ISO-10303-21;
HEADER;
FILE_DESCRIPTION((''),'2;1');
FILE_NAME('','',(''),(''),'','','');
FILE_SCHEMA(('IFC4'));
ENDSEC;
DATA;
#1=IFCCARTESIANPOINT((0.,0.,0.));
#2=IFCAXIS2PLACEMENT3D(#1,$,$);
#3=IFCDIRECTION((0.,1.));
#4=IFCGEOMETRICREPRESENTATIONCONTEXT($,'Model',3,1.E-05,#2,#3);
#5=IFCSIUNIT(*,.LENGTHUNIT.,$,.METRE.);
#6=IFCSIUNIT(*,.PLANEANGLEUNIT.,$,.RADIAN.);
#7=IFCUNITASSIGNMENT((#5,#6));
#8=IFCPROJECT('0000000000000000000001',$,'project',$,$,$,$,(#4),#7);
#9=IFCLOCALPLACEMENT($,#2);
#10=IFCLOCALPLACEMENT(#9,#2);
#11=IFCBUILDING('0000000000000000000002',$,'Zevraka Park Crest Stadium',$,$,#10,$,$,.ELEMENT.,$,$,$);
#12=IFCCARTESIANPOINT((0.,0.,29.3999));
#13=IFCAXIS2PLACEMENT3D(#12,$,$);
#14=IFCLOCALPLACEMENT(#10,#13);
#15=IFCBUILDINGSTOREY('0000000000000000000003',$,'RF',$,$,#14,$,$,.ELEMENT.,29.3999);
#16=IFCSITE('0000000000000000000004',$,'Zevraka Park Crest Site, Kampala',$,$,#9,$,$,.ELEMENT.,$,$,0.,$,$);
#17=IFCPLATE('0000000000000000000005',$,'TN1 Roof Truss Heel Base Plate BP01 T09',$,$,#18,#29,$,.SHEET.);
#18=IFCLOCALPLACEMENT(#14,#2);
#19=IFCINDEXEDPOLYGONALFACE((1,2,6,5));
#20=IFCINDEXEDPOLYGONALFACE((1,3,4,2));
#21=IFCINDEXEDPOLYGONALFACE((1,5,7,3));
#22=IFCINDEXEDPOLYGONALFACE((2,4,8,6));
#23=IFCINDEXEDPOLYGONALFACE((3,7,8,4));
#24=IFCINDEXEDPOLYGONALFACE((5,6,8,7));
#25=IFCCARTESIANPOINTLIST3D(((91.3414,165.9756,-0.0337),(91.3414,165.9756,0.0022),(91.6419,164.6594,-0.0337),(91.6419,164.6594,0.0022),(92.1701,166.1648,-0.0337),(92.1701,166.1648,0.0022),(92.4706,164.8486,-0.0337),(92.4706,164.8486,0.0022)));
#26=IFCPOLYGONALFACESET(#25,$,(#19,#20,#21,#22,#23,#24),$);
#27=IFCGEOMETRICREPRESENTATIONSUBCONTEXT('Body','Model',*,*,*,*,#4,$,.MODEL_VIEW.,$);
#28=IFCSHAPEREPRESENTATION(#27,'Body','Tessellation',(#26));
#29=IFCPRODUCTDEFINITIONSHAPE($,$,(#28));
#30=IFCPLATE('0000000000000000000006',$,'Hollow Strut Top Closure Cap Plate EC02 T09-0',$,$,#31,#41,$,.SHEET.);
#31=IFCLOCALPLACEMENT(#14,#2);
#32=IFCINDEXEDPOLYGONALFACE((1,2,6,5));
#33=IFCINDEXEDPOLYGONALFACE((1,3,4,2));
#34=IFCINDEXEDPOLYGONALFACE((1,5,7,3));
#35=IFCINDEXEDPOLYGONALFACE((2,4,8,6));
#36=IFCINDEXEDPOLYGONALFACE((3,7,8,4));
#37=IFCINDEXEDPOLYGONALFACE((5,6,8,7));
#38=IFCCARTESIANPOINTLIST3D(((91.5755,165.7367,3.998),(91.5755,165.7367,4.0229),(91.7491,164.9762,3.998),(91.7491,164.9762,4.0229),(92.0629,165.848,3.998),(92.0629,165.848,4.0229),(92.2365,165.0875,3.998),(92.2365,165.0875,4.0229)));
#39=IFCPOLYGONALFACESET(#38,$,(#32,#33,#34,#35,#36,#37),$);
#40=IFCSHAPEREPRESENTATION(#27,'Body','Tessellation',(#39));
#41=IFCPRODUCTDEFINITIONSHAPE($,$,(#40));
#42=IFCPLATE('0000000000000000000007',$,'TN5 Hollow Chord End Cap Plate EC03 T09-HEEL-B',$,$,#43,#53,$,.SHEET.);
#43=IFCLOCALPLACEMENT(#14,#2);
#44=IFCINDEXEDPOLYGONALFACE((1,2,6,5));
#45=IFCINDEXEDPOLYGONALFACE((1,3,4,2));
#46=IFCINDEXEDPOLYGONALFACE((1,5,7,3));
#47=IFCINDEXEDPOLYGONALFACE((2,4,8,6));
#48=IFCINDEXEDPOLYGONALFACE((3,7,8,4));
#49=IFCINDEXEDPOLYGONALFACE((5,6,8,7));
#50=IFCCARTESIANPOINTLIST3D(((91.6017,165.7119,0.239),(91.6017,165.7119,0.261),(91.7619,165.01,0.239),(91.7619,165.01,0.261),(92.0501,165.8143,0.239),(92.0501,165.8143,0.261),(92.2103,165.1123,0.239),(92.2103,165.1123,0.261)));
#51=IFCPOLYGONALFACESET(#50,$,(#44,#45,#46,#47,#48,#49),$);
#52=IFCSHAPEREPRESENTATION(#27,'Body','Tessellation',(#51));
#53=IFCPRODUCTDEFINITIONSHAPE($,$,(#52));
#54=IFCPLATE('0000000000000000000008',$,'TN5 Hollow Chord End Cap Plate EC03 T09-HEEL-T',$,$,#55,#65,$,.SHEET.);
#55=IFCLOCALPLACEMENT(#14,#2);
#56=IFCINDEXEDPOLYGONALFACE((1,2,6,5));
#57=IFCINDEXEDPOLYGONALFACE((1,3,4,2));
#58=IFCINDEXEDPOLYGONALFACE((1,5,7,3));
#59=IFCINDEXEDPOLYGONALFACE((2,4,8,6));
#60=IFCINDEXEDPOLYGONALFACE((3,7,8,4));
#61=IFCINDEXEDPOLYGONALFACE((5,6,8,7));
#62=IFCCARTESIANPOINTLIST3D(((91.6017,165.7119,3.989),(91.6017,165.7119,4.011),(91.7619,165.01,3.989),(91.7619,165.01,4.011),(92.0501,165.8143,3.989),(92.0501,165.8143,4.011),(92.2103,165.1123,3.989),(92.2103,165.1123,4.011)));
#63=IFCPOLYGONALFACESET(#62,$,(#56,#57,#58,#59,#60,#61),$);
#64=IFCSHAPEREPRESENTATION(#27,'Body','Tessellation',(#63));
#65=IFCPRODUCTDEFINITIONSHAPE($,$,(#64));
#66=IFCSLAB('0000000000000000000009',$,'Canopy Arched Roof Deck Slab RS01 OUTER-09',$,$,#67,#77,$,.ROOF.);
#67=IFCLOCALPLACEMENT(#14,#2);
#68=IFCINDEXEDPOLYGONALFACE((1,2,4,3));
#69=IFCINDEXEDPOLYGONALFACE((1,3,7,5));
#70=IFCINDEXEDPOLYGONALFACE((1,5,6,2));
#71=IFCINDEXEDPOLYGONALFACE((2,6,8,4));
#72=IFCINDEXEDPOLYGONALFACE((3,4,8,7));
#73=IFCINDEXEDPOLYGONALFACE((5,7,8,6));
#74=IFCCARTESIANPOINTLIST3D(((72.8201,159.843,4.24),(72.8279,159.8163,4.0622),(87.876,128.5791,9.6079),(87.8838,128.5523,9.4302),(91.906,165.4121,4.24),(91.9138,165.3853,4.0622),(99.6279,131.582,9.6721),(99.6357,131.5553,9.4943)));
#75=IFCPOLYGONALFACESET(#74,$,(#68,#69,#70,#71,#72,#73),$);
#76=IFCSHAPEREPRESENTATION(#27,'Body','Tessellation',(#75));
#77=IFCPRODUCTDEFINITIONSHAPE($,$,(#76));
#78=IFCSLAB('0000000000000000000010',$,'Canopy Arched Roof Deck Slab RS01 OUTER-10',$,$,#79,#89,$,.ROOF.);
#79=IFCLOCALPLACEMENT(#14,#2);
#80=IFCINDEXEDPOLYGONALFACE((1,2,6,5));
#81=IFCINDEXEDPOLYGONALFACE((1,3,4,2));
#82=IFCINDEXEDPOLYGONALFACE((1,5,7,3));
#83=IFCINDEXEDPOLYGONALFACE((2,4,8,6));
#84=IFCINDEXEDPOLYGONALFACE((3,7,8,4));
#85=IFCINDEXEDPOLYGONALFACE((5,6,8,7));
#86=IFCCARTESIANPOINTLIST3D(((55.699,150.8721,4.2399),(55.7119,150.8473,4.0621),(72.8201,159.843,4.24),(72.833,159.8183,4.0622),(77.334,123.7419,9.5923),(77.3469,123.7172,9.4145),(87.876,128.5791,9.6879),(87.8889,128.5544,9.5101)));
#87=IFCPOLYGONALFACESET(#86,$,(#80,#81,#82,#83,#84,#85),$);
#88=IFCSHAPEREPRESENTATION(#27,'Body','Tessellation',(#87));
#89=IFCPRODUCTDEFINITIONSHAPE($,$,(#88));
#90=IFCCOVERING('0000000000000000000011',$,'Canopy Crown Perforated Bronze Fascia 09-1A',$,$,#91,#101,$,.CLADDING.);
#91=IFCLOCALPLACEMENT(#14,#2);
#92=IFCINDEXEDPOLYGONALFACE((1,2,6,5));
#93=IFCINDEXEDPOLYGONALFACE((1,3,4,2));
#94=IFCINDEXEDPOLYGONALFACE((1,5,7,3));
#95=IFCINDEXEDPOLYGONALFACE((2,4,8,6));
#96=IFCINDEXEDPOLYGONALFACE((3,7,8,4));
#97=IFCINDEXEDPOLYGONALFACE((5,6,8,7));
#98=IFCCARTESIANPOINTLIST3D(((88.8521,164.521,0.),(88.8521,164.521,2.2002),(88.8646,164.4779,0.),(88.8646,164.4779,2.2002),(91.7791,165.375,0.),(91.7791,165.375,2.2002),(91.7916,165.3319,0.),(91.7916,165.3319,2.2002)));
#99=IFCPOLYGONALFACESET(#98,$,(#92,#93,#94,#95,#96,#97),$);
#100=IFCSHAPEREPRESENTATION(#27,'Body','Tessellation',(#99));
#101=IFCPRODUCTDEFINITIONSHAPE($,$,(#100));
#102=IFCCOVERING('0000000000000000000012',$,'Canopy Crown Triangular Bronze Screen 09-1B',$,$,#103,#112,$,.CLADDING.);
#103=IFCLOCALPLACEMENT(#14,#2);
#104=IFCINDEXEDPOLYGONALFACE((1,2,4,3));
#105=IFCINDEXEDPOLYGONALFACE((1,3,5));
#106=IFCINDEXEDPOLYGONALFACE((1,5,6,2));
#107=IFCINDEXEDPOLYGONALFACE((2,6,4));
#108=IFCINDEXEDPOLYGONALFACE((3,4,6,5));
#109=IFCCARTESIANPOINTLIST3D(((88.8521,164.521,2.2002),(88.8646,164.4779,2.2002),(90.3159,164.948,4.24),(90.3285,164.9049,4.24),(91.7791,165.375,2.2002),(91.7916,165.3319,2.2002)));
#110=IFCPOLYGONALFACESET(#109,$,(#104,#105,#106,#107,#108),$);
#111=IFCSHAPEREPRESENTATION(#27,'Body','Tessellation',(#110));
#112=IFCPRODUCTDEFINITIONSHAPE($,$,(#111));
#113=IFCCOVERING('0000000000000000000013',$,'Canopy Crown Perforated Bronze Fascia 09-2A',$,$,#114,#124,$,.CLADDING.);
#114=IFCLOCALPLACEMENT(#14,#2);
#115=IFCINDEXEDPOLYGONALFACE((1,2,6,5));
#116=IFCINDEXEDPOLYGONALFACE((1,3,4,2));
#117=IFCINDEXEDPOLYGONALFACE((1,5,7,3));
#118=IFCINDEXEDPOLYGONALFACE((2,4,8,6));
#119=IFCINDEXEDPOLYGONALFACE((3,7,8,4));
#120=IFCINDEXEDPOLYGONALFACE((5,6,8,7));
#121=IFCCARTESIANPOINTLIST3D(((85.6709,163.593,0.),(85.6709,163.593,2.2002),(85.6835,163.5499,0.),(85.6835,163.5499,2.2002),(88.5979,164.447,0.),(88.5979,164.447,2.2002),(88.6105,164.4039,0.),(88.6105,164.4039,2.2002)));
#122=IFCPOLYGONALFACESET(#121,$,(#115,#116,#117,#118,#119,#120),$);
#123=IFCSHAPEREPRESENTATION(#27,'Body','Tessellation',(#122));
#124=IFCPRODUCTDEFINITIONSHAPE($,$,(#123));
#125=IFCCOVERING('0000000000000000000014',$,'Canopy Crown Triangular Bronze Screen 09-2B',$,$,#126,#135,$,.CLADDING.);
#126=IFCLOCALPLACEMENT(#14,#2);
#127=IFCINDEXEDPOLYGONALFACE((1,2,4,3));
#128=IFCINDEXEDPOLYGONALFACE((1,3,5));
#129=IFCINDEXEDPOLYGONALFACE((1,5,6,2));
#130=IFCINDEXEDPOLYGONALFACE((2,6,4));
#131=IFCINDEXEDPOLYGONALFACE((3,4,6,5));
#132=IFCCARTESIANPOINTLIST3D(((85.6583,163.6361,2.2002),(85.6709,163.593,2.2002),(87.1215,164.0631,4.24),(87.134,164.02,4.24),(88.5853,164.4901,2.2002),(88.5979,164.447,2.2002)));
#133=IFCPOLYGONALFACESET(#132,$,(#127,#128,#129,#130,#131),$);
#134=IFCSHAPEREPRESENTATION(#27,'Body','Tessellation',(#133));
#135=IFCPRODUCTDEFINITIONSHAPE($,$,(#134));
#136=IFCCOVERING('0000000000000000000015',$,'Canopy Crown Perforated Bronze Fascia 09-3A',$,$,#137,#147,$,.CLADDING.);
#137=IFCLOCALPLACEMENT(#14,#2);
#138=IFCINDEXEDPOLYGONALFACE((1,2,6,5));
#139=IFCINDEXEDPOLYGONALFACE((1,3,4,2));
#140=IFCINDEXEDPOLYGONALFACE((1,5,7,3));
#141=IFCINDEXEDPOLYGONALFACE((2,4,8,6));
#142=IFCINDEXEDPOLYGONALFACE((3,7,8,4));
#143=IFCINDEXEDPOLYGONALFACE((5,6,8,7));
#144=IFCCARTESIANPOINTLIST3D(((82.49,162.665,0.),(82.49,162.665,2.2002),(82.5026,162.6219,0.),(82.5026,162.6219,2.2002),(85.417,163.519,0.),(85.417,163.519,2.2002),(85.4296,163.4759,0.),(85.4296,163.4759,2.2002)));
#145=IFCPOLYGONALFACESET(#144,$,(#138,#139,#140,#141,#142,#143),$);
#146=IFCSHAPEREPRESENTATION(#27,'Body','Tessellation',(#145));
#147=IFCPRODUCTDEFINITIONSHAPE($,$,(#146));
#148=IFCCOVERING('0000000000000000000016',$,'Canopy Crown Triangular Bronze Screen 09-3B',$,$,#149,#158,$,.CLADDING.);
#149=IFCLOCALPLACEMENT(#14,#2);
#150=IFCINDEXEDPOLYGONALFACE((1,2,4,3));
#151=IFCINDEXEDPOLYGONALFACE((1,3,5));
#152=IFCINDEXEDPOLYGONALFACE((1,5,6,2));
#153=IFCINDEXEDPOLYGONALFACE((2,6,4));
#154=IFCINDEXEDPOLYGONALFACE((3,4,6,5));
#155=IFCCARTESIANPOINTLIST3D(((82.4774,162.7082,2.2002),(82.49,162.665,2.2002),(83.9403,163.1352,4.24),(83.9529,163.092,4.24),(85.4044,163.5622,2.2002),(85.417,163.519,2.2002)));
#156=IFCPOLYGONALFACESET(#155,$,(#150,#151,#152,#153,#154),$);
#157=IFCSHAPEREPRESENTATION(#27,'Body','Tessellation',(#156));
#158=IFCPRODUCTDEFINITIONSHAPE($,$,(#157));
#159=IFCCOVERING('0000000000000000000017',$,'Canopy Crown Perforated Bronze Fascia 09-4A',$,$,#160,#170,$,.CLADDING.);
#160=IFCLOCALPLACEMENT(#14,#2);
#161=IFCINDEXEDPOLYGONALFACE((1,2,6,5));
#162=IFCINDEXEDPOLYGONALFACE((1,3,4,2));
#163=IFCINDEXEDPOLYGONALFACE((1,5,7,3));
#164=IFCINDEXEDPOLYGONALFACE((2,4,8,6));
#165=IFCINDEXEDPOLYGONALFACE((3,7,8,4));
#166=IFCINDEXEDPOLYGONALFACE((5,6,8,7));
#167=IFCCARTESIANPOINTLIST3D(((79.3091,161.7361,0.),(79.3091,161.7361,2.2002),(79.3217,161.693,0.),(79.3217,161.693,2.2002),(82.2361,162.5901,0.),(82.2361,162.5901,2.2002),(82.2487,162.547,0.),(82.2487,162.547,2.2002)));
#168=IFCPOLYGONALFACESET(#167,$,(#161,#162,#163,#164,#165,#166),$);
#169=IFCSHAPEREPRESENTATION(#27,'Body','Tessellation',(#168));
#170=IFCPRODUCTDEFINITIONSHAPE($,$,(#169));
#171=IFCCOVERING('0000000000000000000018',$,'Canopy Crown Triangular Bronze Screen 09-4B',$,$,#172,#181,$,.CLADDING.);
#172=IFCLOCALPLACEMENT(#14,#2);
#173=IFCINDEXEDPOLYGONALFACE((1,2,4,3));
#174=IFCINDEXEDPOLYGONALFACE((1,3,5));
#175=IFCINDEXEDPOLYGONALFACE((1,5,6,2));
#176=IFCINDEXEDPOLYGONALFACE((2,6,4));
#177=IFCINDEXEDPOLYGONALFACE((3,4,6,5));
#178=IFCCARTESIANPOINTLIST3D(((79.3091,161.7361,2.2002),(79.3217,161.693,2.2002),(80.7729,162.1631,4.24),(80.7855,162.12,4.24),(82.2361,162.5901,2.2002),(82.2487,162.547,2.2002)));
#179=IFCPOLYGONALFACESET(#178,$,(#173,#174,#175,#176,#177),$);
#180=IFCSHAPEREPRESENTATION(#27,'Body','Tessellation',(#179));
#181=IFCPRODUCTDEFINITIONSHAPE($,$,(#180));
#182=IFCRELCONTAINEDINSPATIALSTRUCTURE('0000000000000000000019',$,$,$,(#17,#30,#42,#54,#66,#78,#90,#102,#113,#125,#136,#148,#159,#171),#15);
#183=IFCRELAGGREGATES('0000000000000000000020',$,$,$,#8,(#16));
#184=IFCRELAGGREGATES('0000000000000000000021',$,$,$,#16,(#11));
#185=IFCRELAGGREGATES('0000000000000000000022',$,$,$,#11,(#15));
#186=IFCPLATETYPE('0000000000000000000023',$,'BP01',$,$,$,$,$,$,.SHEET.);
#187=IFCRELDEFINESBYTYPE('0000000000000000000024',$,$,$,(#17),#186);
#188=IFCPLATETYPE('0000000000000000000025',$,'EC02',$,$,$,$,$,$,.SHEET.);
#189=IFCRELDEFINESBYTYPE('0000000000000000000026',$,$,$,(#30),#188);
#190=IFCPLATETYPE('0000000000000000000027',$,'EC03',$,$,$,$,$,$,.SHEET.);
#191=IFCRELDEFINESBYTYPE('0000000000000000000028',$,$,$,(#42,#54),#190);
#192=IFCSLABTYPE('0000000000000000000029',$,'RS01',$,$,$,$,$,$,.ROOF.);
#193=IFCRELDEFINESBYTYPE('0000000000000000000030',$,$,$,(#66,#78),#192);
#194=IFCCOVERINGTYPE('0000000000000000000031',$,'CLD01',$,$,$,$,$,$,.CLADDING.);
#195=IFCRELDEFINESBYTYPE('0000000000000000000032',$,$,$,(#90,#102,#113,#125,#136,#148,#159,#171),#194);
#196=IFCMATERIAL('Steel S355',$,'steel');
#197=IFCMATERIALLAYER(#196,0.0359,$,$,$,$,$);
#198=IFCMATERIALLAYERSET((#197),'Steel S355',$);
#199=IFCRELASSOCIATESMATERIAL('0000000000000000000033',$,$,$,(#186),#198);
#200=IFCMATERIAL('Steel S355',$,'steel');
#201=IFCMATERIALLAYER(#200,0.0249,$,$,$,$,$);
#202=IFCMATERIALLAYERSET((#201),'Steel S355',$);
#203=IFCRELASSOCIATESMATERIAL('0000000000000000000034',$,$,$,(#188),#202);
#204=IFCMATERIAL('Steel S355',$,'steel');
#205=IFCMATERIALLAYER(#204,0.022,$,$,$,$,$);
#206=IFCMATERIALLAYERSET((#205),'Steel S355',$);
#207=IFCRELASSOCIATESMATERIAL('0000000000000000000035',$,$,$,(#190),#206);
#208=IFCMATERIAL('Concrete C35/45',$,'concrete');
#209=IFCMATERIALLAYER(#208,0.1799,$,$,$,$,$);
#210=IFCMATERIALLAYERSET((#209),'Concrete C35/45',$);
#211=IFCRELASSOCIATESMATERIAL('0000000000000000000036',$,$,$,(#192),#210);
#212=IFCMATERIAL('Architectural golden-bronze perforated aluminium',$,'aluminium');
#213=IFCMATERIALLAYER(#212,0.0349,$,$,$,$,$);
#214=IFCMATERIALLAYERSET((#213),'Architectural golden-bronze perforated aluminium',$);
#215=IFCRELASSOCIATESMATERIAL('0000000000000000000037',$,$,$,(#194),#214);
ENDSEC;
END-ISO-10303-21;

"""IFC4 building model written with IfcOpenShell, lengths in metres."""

from ifc_helpers import new_model, si_unit, direction, frame, origin, origin_2d, place, context, subcontext, project, spatial, polyline, rectangle, outline, extrude, material, layer, layer_set, type_object, element, save


model = new_model("IFC4")

# Units and contexts
model_context = context("Model", 3, precision=1e-05, world=origin(), true_north=direction((0.0, 1.0)))
body_context = subcontext(model_context, "Body", "Model", "MODEL_VIEW")
ifc_project = project(units=[si_unit("LENGTHUNIT", "METRE"), si_unit("PLANEANGLEUNIT", "RADIAN")], contexts=[model_context])

# Site, building, storey
site_placement = place(None, origin())
site = spatial("IfcSite", under=ifc_project, at=site_placement, Name="Zevraka Park Crest Site, Kampala", CompositionType="ELEMENT", RefElevation=0.0)
building_placement = place(site_placement, origin())
building = spatial("IfcBuilding", under=site, at=building_placement, Name="Zevraka Park Crest Stadium", CompositionType="ELEMENT")
storey_placement = place(building_placement, frame((0.0, 0.0, 29.3999)))
storey = spatial("IfcBuildingStorey", under=building, at=storey_placement, Name="RF", CompositionType="ELEMENT", Elevation=29.3999)

# Plates
ifc_material_1 = material(Name="Steel S355", Category="steel")
ifc_layer_1 = layer(ifc_material_1, 0.0359)
ifc_layer_set_1 = layer_set([ifc_layer_1], Name="Steel S355")
plate_type_1 = type_object("IfcPlateType", Name="BP01", PredefinedType="SHEET", material=ifc_layer_set_1)
plate_1_placement = place(storey_placement, frame((91.906, 165.4121, -0.0337), z_axis=(0.0, 0.0, 1.0), x_axis=(-0.22257, 0.974917, 0.0)))
element("IfcPlate", 1, at=plate_1_placement, inside=storey, type_object=plate_type_1, Name="TN1 Roof Truss Heel Base Plate BP01 T09", PredefinedType="SHEET", context=body_context, shape_type="SweptSolid", body=[
    extrude(rectangle(XDim=1.3501, YDim=0.8501, at=origin_2d()), origin(), (0.0, 0.0, 1.0), 0.0359),
])
ifc_material_2 = material(Name="Steel S355", Category="steel")
ifc_layer_2 = layer(ifc_material_2, 0.0249)
ifc_layer_set_2 = layer_set([ifc_layer_2], Name="Steel S355")
plate_type_2 = type_object("IfcPlateType", Name="EC02", PredefinedType="SHEET", material=ifc_layer_set_2)
plate_2_placement = place(storey_placement, frame((91.906, 165.4121, 3.998), z_axis=(0.0, 0.0, 1.0), x_axis=(-0.22257, 0.974917, 0.0)))
element("IfcPlate", 2, at=plate_2_placement, inside=storey, type_object=plate_type_2, Name="Hollow Strut Top Closure Cap Plate EC02 T09-0", PredefinedType="SHEET", context=body_context, shape_type="SweptSolid", body=[
    extrude(rectangle(XDim=0.78, YDim=0.5, at=origin_2d()), origin(), (0.0, 0.0, 1.0), 0.0249),
])
ifc_material_3 = material(Name="Steel S355", Category="steel")
ifc_layer_3 = layer(ifc_material_3, 0.022)
ifc_layer_set_3 = layer_set([ifc_layer_3], Name="Steel S355")
plate_type_3 = type_object("IfcPlateType", Name="EC03", PredefinedType="SHEET", material=ifc_layer_set_3)
for number, where, z_axis, x_axis, name in (
    (3, (91.906, 165.4121, 0.239), (0.0, 0.0, 1.0), (-0.22257, 0.974917, 0.0), "TN5 Hollow Chord End Cap Plate EC03 T09-HEEL-B"),
    (4, (91.906, 165.4121, 3.989), (0.0, 0.0, 1.0), (-0.22257, 0.974917, 0.0), "TN5 Hollow Chord End Cap Plate EC03 T09-HEEL-T"),
):
    element("IfcPlate", number, at=place(storey_placement, frame(where, z_axis=z_axis, x_axis=x_axis)), inside=storey, type_object=plate_type_3, Name=name, PredefinedType="SHEET", context=body_context, shape_type="SweptSolid", body=[
        extrude(rectangle(XDim=0.72, YDim=0.46, at=origin_2d()), origin(), (0.0, 0.0, 1.0), 0.022),
    ])

# Slabs
ifc_material_4 = material(Name="Concrete C35/45", Category="concrete")
ifc_layer_4 = layer(ifc_material_4, 0.1799)
ifc_layer_set_4 = layer_set([ifc_layer_4], Name="Concrete C35/45")
slab_type = type_object("IfcSlabType", Name="RS01", PredefinedType="ROOF", material=ifc_layer_set_4)
slab_1_placement = place(storey_placement, frame((91.906, 165.4121, 4.24), z_axis=(-0.043398, 0.148725, 0.987926), x_axis=(-0.959968, -0.28011, -0.000002)))
element("IfcSlab", 5, at=slab_1_placement, inside=storey, type_object=slab_type, Name="Canopy Arched Roof Deck Slab RS01 OUTER-09", PredefinedType="ROOF", context=body_context, shape_type="SweptSolid", body=[
    extrude(outline(polyline([(0.0, 0.0), (19.8818, 0.0), (14.186, 34.648), (2.0633, 35.0621), (0.0, 0.0)])), origin(), (0.0, 0.0, -1.0), 0.1799),
])
slab_2_placement = place(storey_placement, frame((72.8201, 159.843, 4.24), z_axis=(-0.072029, 0.137456, 0.987885), x_axis=(-0.885773, -0.46412, -0.000006)))
element("IfcSlab", 6, at=slab_2_placement, inside=storey, type_object=slab_type, Name="Canopy Arched Roof Deck Slab RS01 OUTER-10", PredefinedType="ROOF", context=body_context, shape_type="SweptSolid", body=[
    extrude(outline(polyline([(0.0, 0.0), (19.329, 0.0), (12.7569, 34.4902), (1.1741, 35.1058), (0.0, 0.0)])), origin(), (0.0, 0.0, -1.0), 0.1799),
])

# Coverings
ifc_material_5 = material(Name="Architectural golden-bronze perforated aluminium", Category="aluminium")
ifc_layer_5 = layer(ifc_material_5, 0.0349)
ifc_layer_set_5 = layer_set([ifc_layer_5], Name="Architectural golden-bronze perforated aluminium")
covering_type_1 = type_object("IfcCoveringType", Name="CLD01", PredefinedType="CLADDING", material=ifc_layer_set_5)
covering_1_placement = place(storey_placement, frame((91.7791, 165.375, 0.0), z_axis=(-0.280089, 0.959974, 0.0), x_axis=(-0.959974, -0.280089, 0.0)))
element("IfcCovering", 7, at=covering_1_placement, inside=storey, type_object=covering_type_1, Name="Canopy Crown Perforated Bronze Fascia 09-1A", PredefinedType="CLADDING", context=body_context, shape_type="SweptSolid", body=[
    extrude(outline(polyline([(0.0, 0.0), (3.049, 0.0), (3.049, 2.2002), (0.0, 2.2002), (0.0, 0.0)])), origin(), (0.0, 0.0, -1.0), 0.0449),
])
covering_2_placement = place(storey_placement, frame((91.7791, 165.375, 2.2002), z_axis=(-0.280089, 0.959974, 0.00005), x_axis=(-0.959974, -0.280089, 0.0)))
element("IfcCovering", 8, at=covering_2_placement, inside=storey, type_object=covering_type_1, Name="Canopy Crown Triangular Bronze Screen 09-1B", PredefinedType="CLADDING", context=body_context, shape_type="SweptSolid", body=[
    extrude(outline(polyline([(0.0, 0.0), (3.049, 0.0), (1.5242, 2.0398), (0.0, 0.0)])), origin(), (0.0, 0.0, -1.0), 0.0449),
])
covering_3_placement = place(storey_placement, frame((88.5979, 164.447, 0.0), z_axis=(-0.280089, 0.959974, 0.0), x_axis=(-0.959974, -0.280089, 0.0)))
element("IfcCovering", 9, at=covering_3_placement, inside=storey, type_object=covering_type_1, Name="Canopy Crown Perforated Bronze Fascia 09-2A", PredefinedType="CLADDING", context=body_context, shape_type="SweptSolid", body=[
    extrude(outline(polyline([(0.0, 0.0), (3.049, 0.0), (3.049, 2.2002), (0.0, 2.2002), (0.0, 0.0)])), origin(), (0.0, 0.0, -1.0), 0.0449),
])
covering_4_placement = place(storey_placement, frame((88.5979, 164.447, 2.2002), z_axis=(0.280089, -0.959974, 0.00005), x_axis=(-0.959974, -0.280089, 0.0)))
element("IfcCovering", 10, at=covering_4_placement, inside=storey, type_object=covering_type_1, Name="Canopy Crown Triangular Bronze Screen 09-2B", PredefinedType="CLADDING", context=body_context, shape_type="SweptSolid", body=[
    extrude(outline(polyline([(0.0, 0.0), (3.049, 0.0), (1.5249, -2.0398), (0.0, 0.0)])), origin(), (0.0, 0.0, -1.0), 0.0449),
])
covering_5_placement = place(storey_placement, frame((85.417, 163.519, 0.0), z_axis=(-0.280089, 0.959974, 0.0), x_axis=(-0.959974, -0.280089, 0.0)))
element("IfcCovering", 11, at=covering_5_placement, inside=storey, type_object=covering_type_1, Name="Canopy Crown Perforated Bronze Fascia 09-3A", PredefinedType="CLADDING", context=body_context, shape_type="SweptSolid", body=[
    extrude(outline(polyline([(0.0, 0.0), (3.049, 0.0), (3.049, 2.2002), (0.0, 2.2002), (0.0, 0.0)])), origin(), (0.0, 0.0, -1.0), 0.0449),
])
covering_6_placement = place(storey_placement, frame((85.417, 163.519, 2.2002), z_axis=(0.280089, -0.959974, 0.000084), x_axis=(-0.959974, -0.280089, 0.0)))
element("IfcCovering", 12, at=covering_6_placement, inside=storey, type_object=covering_type_1, Name="Canopy Crown Triangular Bronze Screen 09-3B", PredefinedType="CLADDING", context=body_context, shape_type="SweptSolid", body=[
    extrude(outline(polyline([(0.0, 0.0), (3.049, 0.0), (1.5251, -2.0398), (0.0, 0.0)])), origin(), (0.0, 0.0, -1.0), 0.0449),
])
covering_7_placement = place(storey_placement, frame((82.2361, 162.5901, 0.0), z_axis=(-0.280089, 0.959974, 0.0), x_axis=(-0.959974, -0.280089, 0.0)))
element("IfcCovering", 13, at=covering_7_placement, inside=storey, type_object=covering_type_1, Name="Canopy Crown Perforated Bronze Fascia 09-4A", PredefinedType="CLADDING", context=body_context, shape_type="SweptSolid", body=[
    extrude(outline(polyline([(0.0, 0.0), (3.049, 0.0), (3.049, 2.2002), (0.0, 2.2002), (0.0, 0.0)])), origin(), (0.0, 0.0, -1.0), 0.0449),
])
covering_8_placement = place(storey_placement, frame((82.2361, 162.5901, 2.2002), z_axis=(-0.280089, 0.959974, 0.00005), x_axis=(-0.959974, -0.280089, 0.0)))
element("IfcCovering", 14, at=covering_8_placement, inside=storey, type_object=covering_type_1, Name="Canopy Crown Triangular Bronze Screen 09-4B", PredefinedType="CLADDING", context=body_context, shape_type="SweptSolid", body=[
    extrude(outline(polyline([(0.0, 0.0), (3.049, 0.0), (1.5242, 2.0398), (0.0, 0.0)])), origin(), (0.0, 0.0, -1.0), 0.0449),
])

save(model, "model.ifc")
